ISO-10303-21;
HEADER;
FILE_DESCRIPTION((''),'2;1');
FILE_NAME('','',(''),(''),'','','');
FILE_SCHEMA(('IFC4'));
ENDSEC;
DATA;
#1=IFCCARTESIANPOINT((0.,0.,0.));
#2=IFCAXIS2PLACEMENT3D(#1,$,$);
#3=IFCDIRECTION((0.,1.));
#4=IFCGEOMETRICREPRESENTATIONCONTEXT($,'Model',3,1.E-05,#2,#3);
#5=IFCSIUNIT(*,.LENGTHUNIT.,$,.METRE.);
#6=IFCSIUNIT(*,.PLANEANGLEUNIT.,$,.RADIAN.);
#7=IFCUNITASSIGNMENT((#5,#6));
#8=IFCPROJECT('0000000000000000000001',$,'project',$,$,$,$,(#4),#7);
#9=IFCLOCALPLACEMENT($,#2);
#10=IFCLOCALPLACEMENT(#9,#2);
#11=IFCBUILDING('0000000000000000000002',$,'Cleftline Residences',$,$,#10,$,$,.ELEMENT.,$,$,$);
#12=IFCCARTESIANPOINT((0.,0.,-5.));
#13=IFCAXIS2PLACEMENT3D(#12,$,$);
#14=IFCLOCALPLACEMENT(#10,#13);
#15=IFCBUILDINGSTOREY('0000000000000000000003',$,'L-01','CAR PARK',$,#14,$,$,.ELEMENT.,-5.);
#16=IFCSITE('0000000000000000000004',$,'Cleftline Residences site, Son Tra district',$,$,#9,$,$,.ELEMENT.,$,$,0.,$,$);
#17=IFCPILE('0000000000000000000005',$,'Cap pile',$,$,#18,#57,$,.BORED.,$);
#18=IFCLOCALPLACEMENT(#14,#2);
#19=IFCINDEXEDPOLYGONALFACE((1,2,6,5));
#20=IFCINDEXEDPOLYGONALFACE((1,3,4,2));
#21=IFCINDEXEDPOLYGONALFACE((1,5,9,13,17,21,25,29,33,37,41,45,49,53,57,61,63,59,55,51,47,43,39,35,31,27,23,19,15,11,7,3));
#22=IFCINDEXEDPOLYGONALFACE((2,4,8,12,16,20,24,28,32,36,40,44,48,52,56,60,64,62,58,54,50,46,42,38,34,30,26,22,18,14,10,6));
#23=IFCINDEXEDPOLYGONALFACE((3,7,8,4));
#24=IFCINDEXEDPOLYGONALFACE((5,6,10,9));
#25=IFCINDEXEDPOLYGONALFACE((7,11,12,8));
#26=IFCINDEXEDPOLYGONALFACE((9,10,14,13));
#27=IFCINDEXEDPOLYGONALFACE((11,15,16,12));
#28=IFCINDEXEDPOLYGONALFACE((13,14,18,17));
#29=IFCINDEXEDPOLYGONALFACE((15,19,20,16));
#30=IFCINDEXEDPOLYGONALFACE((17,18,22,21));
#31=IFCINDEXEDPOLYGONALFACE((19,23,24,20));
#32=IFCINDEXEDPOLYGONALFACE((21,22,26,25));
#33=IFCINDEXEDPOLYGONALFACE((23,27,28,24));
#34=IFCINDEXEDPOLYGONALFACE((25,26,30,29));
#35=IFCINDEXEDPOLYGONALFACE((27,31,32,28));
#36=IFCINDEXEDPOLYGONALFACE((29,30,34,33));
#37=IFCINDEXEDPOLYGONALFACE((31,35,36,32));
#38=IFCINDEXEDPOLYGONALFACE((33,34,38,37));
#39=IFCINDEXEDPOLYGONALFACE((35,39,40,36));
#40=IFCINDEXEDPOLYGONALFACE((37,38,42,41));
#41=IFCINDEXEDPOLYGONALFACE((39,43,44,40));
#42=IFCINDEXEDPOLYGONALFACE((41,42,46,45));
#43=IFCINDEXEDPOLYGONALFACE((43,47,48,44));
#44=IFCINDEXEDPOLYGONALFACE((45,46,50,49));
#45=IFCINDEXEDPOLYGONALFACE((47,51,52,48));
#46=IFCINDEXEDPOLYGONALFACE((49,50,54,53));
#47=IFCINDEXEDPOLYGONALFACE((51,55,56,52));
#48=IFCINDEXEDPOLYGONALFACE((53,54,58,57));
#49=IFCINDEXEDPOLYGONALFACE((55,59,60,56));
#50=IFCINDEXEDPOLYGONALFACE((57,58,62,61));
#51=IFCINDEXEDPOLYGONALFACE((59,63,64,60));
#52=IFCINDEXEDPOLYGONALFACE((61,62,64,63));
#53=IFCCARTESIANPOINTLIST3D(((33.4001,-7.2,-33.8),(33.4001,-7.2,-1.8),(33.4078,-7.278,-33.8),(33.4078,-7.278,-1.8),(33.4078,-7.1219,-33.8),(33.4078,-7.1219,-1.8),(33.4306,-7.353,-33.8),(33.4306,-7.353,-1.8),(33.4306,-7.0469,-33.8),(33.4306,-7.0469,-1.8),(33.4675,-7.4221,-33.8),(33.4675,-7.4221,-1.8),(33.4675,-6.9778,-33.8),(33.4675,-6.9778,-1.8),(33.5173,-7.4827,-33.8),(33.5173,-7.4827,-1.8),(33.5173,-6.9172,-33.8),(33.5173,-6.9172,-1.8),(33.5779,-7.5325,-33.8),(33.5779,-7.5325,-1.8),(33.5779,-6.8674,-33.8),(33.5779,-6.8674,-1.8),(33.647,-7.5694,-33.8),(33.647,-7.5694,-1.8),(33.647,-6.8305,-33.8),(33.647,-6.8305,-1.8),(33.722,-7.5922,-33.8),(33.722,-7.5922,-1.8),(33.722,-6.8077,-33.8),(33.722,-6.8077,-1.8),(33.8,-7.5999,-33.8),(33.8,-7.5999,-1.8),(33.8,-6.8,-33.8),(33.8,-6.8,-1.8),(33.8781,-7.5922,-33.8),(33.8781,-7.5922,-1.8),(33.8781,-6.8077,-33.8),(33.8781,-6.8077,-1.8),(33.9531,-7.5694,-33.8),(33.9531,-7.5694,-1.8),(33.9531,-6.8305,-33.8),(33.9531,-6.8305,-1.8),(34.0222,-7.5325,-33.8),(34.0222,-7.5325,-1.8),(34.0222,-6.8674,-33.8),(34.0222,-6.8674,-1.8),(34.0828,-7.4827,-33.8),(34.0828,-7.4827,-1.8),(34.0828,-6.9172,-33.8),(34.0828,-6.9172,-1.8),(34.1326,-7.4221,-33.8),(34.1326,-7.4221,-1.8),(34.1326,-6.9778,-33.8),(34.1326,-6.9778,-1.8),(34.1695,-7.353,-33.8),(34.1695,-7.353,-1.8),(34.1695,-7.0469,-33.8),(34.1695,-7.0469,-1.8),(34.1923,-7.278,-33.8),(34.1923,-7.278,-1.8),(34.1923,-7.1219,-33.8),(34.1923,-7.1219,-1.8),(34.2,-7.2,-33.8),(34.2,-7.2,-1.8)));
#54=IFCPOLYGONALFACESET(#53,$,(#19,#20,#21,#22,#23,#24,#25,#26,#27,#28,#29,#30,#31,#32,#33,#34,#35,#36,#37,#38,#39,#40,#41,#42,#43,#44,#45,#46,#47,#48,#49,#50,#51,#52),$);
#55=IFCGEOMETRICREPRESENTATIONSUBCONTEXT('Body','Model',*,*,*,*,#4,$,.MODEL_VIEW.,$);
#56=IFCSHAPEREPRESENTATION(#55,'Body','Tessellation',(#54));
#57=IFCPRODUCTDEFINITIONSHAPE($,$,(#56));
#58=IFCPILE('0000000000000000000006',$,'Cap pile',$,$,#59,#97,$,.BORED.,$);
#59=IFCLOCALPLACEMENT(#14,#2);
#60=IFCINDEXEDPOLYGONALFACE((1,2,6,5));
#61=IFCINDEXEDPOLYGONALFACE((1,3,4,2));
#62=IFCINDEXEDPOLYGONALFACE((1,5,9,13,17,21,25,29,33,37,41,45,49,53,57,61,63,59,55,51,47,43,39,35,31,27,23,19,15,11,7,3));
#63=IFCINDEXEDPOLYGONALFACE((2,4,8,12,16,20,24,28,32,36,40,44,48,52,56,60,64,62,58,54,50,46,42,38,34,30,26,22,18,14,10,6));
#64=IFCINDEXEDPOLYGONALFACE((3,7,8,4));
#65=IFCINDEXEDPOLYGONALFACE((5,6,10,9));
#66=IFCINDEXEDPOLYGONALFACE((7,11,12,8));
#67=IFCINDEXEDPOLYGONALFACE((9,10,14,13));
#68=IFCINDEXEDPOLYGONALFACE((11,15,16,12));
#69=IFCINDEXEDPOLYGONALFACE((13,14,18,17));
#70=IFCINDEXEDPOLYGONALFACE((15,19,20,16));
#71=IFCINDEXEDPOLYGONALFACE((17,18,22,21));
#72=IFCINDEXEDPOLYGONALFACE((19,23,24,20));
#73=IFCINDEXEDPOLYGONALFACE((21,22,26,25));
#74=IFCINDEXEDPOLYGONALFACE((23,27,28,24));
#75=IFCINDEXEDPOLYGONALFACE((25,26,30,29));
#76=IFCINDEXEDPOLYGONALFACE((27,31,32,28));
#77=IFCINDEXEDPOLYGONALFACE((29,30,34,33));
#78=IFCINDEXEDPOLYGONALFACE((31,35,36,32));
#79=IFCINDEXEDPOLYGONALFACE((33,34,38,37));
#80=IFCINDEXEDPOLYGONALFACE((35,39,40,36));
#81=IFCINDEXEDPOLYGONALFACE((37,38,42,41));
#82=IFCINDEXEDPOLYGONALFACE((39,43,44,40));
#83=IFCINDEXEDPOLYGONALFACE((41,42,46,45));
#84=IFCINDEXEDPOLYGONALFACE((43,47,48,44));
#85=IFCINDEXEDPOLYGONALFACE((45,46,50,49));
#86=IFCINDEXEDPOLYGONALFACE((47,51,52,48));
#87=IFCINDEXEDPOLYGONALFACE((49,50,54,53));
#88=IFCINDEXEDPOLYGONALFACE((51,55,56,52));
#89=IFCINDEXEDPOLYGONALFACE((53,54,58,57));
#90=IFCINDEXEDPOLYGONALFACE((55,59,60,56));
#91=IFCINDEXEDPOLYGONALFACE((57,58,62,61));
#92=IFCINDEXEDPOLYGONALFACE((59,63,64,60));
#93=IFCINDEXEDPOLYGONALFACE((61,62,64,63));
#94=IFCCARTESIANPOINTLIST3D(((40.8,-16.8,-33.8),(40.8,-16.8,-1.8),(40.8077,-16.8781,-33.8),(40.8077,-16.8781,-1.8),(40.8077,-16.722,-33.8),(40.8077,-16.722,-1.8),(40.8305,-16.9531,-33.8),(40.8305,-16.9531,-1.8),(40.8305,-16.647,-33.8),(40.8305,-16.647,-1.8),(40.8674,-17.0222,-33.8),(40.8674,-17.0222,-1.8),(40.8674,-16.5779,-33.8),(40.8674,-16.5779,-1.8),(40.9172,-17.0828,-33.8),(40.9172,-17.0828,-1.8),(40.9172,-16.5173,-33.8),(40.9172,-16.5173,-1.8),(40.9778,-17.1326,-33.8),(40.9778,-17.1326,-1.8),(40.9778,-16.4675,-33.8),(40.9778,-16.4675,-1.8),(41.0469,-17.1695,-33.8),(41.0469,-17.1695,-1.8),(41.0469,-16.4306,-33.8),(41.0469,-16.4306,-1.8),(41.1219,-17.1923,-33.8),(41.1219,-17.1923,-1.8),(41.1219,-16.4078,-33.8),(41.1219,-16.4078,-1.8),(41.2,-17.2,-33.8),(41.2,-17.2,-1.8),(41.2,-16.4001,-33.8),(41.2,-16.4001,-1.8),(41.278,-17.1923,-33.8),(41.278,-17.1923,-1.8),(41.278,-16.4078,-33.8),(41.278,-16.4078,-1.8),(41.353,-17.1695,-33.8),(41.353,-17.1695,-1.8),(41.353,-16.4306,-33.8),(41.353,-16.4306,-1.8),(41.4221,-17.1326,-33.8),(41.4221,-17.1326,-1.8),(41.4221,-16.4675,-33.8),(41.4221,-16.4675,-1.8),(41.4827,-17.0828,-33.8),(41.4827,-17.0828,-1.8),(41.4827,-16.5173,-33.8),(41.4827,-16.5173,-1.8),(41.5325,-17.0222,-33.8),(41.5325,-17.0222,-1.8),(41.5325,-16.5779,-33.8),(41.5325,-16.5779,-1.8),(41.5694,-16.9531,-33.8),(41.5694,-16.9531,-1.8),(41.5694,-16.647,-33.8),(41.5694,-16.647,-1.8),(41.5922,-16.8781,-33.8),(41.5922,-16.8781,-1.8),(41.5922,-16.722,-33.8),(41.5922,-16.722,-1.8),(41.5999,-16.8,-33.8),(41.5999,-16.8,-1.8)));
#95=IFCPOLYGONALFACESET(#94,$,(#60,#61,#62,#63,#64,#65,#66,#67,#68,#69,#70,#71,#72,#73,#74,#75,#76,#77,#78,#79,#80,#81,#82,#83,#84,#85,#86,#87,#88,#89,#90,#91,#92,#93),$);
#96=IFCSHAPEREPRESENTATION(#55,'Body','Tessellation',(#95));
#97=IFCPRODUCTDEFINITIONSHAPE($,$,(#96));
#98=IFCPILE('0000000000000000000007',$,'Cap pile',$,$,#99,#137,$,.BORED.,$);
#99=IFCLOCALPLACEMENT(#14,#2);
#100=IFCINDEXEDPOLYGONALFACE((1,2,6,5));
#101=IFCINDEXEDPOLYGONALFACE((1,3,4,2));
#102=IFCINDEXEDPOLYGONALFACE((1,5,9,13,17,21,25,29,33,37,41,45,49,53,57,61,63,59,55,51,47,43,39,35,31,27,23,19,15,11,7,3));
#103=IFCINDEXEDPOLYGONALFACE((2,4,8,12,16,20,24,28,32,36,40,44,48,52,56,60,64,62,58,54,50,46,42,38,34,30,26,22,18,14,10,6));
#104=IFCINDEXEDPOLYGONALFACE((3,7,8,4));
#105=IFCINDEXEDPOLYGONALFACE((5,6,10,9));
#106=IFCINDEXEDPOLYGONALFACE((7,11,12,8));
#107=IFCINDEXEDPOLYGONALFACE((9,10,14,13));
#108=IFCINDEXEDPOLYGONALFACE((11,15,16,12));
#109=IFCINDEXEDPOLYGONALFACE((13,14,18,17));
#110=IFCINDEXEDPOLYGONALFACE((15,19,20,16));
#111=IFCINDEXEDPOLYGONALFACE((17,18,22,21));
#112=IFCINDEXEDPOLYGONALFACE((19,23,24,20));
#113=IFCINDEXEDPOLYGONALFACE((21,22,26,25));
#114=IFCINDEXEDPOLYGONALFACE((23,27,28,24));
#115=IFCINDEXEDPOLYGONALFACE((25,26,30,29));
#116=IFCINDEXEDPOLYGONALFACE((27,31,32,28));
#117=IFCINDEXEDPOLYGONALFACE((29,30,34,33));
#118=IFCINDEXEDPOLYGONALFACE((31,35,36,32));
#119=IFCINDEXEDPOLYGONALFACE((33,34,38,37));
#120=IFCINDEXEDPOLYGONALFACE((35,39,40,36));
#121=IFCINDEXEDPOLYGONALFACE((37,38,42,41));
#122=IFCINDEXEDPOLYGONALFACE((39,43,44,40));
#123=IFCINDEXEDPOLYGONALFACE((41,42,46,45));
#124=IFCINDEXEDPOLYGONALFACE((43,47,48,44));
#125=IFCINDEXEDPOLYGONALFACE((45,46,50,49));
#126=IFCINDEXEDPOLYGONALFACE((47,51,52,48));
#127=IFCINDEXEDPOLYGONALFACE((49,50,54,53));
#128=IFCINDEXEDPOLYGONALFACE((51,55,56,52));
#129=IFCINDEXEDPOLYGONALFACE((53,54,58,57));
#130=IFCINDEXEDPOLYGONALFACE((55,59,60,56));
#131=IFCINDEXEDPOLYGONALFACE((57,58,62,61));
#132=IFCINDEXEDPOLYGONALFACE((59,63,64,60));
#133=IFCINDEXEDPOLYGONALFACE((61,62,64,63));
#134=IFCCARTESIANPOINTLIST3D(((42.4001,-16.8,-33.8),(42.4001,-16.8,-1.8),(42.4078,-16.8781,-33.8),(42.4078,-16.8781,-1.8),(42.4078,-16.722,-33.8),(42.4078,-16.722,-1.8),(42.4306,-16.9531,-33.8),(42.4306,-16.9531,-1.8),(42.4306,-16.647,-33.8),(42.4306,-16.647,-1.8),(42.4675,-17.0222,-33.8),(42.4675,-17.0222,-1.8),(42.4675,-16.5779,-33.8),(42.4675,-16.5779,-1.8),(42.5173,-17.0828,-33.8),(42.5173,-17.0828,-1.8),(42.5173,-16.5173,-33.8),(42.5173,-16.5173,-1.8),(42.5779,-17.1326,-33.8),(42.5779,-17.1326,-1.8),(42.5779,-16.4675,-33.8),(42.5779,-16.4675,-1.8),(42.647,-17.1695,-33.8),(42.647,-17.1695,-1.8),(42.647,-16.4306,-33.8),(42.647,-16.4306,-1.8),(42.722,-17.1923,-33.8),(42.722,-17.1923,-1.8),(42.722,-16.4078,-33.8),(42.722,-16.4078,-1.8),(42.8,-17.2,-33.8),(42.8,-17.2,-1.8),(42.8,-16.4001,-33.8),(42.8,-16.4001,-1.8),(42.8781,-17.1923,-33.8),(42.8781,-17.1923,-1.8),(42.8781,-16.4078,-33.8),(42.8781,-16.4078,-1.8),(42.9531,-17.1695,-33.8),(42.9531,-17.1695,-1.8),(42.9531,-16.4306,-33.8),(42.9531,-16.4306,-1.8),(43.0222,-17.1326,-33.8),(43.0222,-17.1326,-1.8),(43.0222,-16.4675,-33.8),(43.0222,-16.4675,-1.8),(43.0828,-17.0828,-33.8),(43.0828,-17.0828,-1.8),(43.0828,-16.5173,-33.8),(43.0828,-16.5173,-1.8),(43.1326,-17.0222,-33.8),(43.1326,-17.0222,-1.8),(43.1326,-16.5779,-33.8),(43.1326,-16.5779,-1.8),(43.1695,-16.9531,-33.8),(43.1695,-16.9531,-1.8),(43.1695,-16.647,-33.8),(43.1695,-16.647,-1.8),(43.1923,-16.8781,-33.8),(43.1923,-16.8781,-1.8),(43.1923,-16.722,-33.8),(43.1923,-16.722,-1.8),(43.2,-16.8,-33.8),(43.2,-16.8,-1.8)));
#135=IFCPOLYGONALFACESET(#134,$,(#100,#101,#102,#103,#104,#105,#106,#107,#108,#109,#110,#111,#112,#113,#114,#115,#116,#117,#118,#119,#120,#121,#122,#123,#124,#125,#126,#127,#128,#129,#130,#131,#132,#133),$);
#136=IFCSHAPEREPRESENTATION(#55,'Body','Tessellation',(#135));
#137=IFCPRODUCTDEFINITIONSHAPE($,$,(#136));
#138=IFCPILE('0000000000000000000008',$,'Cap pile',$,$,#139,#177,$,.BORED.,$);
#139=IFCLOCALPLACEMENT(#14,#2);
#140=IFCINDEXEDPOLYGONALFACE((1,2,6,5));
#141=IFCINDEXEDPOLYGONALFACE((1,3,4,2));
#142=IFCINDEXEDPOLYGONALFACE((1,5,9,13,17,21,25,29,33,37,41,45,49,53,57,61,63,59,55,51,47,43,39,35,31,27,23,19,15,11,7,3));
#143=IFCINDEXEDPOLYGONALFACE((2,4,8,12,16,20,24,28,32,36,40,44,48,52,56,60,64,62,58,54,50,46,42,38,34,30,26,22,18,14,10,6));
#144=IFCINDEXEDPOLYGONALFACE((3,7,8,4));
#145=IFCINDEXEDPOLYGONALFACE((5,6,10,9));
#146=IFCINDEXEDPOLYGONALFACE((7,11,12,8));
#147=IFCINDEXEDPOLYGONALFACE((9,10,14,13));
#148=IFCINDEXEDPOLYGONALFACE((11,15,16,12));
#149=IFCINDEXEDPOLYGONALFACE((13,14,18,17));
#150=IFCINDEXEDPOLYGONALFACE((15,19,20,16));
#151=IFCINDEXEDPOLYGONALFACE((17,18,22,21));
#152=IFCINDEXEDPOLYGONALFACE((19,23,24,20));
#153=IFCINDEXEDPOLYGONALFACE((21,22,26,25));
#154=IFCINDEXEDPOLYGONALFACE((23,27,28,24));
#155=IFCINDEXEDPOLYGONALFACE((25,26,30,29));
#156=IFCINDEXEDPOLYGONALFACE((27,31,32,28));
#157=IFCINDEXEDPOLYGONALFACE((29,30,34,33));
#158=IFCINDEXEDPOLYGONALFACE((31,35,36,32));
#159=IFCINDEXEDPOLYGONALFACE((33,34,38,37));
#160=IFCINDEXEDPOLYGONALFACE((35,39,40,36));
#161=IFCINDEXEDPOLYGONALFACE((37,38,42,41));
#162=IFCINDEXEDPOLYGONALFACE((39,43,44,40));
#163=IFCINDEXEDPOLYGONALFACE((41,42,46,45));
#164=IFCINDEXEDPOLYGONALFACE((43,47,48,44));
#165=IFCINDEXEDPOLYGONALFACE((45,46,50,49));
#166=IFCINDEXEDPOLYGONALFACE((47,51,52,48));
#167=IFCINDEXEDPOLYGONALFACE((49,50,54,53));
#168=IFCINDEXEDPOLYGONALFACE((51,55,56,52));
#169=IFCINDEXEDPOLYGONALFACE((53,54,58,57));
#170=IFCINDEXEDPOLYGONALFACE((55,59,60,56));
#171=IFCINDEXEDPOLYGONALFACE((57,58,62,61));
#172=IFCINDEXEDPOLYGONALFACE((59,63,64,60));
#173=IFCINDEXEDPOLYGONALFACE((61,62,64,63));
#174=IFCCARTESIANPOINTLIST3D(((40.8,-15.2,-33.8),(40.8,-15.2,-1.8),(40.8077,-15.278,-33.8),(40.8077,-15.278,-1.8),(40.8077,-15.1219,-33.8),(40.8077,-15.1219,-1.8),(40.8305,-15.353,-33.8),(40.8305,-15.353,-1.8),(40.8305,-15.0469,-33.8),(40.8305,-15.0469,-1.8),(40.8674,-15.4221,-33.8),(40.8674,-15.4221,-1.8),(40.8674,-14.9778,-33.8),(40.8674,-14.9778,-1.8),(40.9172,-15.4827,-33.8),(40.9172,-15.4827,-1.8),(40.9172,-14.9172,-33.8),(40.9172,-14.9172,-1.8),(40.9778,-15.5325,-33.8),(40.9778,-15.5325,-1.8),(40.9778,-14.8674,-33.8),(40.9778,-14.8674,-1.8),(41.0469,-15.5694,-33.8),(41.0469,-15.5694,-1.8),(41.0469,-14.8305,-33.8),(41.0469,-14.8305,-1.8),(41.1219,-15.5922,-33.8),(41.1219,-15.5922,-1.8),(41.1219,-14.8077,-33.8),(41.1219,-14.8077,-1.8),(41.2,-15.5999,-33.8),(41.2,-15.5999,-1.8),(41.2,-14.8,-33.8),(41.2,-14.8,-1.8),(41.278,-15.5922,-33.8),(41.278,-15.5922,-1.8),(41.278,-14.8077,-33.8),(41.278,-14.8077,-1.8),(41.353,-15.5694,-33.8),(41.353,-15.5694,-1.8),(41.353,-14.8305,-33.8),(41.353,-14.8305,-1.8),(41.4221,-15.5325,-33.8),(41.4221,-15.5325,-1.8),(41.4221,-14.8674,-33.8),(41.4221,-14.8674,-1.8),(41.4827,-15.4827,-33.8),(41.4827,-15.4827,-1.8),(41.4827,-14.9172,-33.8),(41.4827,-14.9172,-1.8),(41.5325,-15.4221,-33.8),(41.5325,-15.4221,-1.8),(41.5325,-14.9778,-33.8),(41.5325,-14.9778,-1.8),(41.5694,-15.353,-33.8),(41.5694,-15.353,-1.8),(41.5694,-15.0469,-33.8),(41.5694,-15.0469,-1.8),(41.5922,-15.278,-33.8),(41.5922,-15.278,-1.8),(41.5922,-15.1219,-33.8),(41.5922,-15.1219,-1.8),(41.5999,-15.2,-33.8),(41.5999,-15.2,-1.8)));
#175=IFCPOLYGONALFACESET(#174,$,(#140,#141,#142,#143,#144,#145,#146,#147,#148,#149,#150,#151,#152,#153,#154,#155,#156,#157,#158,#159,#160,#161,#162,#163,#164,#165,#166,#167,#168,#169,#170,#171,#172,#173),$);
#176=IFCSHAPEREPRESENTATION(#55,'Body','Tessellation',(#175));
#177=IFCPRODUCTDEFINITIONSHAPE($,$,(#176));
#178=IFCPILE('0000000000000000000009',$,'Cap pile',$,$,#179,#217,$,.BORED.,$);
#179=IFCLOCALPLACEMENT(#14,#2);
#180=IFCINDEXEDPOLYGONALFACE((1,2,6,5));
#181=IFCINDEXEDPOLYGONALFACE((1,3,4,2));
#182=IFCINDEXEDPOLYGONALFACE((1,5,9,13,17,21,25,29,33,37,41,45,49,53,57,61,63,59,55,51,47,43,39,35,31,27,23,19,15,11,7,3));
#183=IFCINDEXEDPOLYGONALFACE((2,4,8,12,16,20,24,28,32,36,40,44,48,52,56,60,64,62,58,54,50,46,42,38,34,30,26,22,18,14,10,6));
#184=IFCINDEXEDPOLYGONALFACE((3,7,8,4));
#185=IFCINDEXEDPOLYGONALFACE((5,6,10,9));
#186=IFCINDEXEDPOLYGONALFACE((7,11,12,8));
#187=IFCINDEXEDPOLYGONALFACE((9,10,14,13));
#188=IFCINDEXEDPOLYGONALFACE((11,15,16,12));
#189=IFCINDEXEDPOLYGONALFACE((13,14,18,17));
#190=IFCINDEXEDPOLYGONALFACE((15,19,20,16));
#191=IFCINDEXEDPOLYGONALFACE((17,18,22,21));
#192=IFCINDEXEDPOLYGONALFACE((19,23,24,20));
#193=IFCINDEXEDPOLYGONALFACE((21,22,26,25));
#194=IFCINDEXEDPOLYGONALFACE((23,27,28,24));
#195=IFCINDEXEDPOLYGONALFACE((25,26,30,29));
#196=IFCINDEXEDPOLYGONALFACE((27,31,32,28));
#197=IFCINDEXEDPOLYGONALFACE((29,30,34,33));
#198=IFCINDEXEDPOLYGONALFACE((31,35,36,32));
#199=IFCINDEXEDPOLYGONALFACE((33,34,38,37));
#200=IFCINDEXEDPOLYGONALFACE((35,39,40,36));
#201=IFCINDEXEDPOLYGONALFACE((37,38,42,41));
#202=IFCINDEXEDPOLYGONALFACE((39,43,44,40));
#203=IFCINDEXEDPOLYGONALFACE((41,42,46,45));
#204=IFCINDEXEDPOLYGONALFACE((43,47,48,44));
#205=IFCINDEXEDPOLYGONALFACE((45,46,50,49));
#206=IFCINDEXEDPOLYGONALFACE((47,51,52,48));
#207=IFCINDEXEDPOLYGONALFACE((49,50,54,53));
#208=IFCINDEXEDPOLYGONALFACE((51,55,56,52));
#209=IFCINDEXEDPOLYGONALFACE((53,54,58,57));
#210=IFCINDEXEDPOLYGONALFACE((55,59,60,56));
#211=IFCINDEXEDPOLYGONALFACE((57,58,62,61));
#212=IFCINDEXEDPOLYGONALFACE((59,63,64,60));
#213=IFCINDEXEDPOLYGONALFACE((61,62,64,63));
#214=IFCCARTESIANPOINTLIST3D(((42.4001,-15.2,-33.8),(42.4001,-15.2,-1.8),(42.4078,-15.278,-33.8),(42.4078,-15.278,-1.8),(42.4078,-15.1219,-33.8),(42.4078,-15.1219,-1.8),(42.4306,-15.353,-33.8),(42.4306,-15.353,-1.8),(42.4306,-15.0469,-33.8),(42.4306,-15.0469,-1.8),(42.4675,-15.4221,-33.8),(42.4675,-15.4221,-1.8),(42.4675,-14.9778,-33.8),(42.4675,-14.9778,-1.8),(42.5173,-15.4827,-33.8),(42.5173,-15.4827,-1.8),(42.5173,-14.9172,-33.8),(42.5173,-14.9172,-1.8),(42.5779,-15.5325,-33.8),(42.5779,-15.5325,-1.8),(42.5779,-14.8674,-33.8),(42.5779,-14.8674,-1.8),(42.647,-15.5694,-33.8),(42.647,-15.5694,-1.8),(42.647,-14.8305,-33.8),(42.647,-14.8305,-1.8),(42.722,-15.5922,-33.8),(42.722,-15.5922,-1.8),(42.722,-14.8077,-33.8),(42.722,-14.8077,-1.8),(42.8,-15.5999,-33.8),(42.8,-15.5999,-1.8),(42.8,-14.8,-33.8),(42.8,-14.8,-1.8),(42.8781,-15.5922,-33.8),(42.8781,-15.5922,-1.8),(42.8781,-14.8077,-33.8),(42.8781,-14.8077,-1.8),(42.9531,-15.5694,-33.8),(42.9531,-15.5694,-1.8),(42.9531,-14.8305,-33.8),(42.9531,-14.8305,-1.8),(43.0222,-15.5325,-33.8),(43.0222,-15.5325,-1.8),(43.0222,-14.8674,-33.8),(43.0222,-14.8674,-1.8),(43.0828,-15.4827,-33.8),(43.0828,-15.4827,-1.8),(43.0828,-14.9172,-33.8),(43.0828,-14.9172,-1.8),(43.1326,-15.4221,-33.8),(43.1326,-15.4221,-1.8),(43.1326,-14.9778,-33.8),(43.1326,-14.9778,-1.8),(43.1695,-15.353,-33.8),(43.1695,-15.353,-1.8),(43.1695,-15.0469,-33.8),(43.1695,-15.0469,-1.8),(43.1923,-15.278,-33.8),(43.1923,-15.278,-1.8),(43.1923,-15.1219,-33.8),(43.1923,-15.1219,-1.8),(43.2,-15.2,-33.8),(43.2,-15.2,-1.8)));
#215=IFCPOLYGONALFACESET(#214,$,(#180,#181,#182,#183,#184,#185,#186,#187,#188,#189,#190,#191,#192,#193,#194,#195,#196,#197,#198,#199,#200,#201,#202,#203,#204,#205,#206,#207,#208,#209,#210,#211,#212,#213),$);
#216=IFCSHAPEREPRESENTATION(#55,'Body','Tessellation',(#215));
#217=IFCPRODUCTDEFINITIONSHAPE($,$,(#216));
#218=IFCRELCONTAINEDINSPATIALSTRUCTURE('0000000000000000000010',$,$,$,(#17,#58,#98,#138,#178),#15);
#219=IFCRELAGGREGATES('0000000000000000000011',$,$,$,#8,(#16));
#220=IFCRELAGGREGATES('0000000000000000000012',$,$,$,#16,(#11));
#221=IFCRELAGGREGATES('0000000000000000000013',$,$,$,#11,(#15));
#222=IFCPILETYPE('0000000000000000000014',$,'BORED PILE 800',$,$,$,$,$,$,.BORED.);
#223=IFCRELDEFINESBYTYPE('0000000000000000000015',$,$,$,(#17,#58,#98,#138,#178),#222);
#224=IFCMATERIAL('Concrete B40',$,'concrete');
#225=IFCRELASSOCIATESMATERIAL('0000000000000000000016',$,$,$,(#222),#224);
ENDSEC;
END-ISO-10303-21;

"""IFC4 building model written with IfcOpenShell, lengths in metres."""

from ifc_helpers import new_model, si_unit, direction, frame, origin, origin_2d, place, context, subcontext, project, spatial, circle, extrude, material, material_profile, profile_set, type_object, element, save


model = new_model("IFC4")

# Units and contexts
model_context = context("Model", 3, precision=1e-05, world=origin(), true_north=direction((0.0, 1.0)))
body_context = subcontext(model_context, "Body", "Model", "MODEL_VIEW")
ifc_project = project(units=[si_unit("LENGTHUNIT", "METRE"), si_unit("PLANEANGLEUNIT", "RADIAN")], contexts=[model_context])

# Site, building, storey
site_placement = place(None, origin())
site = spatial("IfcSite", under=ifc_project, at=site_placement, Name="Cleftline Residences site, Son Tra district", CompositionType="ELEMENT", RefElevation=0.0)
building_placement = place(site_placement, origin())
building = spatial("IfcBuilding", under=site, at=building_placement, Name="Cleftline Residences", CompositionType="ELEMENT")
storey_placement = place(building_placement, frame((0.0, 0.0, -5.0)))
storey = spatial("IfcBuildingStorey", under=building, at=storey_placement, Name="L-01", Description="CAR PARK", CompositionType="ELEMENT", Elevation=-5.0)

# Piles
ifc_material_1 = material(Name="Concrete B40", Category="concrete")
ifc_material_profile_1 = material_profile(ifc_material_1, circle(Radius=0.3999, at=origin_2d()))
ifc_profile_set_1 = profile_set([ifc_material_profile_1], Name="Concrete B40")
pile_type_1 = type_object("IfcPileType", Name="BORED PILE 800", PredefinedType="BORED", material=ifc_profile_set_1)
for number, where, z_axis, x_axis, name in (
    (1, (33.8, -7.2, -1.8), (0.0, 0.0, -1.0), (1.0, 0.0, 0.0), "Cap pile"),
    (2, (41.2, -16.8, -1.8), (0.0, 0.0, -1.0), (1.0, 0.0, 0.0), "Cap pile"),
    (3, (42.8, -16.8, -1.8), (0.0, 0.0, -1.0), (1.0, 0.0, 0.0), "Cap pile"),
    (4, (41.2, -15.2, -1.8), (0.0, 0.0, -1.0), (1.0, 0.0, 0.0), "Cap pile"),
    (5, (42.8, -15.2, -1.8), (0.0, 0.0, -1.0), (1.0, 0.0, 0.0), "Cap pile"),
):
    element("IfcPile", number, at=place(storey_placement, frame(where, z_axis=z_axis, x_axis=x_axis)), inside=storey, type_object=pile_type_1, Name=name, PredefinedType="BORED", context=body_context, shape_type="SweptSolid", body=[
        extrude(circle(Radius=0.3999, at=origin_2d()), origin(), (0.0, 0.0, 1.0), 32.0),
    ])

save(model, "model.ifc")
